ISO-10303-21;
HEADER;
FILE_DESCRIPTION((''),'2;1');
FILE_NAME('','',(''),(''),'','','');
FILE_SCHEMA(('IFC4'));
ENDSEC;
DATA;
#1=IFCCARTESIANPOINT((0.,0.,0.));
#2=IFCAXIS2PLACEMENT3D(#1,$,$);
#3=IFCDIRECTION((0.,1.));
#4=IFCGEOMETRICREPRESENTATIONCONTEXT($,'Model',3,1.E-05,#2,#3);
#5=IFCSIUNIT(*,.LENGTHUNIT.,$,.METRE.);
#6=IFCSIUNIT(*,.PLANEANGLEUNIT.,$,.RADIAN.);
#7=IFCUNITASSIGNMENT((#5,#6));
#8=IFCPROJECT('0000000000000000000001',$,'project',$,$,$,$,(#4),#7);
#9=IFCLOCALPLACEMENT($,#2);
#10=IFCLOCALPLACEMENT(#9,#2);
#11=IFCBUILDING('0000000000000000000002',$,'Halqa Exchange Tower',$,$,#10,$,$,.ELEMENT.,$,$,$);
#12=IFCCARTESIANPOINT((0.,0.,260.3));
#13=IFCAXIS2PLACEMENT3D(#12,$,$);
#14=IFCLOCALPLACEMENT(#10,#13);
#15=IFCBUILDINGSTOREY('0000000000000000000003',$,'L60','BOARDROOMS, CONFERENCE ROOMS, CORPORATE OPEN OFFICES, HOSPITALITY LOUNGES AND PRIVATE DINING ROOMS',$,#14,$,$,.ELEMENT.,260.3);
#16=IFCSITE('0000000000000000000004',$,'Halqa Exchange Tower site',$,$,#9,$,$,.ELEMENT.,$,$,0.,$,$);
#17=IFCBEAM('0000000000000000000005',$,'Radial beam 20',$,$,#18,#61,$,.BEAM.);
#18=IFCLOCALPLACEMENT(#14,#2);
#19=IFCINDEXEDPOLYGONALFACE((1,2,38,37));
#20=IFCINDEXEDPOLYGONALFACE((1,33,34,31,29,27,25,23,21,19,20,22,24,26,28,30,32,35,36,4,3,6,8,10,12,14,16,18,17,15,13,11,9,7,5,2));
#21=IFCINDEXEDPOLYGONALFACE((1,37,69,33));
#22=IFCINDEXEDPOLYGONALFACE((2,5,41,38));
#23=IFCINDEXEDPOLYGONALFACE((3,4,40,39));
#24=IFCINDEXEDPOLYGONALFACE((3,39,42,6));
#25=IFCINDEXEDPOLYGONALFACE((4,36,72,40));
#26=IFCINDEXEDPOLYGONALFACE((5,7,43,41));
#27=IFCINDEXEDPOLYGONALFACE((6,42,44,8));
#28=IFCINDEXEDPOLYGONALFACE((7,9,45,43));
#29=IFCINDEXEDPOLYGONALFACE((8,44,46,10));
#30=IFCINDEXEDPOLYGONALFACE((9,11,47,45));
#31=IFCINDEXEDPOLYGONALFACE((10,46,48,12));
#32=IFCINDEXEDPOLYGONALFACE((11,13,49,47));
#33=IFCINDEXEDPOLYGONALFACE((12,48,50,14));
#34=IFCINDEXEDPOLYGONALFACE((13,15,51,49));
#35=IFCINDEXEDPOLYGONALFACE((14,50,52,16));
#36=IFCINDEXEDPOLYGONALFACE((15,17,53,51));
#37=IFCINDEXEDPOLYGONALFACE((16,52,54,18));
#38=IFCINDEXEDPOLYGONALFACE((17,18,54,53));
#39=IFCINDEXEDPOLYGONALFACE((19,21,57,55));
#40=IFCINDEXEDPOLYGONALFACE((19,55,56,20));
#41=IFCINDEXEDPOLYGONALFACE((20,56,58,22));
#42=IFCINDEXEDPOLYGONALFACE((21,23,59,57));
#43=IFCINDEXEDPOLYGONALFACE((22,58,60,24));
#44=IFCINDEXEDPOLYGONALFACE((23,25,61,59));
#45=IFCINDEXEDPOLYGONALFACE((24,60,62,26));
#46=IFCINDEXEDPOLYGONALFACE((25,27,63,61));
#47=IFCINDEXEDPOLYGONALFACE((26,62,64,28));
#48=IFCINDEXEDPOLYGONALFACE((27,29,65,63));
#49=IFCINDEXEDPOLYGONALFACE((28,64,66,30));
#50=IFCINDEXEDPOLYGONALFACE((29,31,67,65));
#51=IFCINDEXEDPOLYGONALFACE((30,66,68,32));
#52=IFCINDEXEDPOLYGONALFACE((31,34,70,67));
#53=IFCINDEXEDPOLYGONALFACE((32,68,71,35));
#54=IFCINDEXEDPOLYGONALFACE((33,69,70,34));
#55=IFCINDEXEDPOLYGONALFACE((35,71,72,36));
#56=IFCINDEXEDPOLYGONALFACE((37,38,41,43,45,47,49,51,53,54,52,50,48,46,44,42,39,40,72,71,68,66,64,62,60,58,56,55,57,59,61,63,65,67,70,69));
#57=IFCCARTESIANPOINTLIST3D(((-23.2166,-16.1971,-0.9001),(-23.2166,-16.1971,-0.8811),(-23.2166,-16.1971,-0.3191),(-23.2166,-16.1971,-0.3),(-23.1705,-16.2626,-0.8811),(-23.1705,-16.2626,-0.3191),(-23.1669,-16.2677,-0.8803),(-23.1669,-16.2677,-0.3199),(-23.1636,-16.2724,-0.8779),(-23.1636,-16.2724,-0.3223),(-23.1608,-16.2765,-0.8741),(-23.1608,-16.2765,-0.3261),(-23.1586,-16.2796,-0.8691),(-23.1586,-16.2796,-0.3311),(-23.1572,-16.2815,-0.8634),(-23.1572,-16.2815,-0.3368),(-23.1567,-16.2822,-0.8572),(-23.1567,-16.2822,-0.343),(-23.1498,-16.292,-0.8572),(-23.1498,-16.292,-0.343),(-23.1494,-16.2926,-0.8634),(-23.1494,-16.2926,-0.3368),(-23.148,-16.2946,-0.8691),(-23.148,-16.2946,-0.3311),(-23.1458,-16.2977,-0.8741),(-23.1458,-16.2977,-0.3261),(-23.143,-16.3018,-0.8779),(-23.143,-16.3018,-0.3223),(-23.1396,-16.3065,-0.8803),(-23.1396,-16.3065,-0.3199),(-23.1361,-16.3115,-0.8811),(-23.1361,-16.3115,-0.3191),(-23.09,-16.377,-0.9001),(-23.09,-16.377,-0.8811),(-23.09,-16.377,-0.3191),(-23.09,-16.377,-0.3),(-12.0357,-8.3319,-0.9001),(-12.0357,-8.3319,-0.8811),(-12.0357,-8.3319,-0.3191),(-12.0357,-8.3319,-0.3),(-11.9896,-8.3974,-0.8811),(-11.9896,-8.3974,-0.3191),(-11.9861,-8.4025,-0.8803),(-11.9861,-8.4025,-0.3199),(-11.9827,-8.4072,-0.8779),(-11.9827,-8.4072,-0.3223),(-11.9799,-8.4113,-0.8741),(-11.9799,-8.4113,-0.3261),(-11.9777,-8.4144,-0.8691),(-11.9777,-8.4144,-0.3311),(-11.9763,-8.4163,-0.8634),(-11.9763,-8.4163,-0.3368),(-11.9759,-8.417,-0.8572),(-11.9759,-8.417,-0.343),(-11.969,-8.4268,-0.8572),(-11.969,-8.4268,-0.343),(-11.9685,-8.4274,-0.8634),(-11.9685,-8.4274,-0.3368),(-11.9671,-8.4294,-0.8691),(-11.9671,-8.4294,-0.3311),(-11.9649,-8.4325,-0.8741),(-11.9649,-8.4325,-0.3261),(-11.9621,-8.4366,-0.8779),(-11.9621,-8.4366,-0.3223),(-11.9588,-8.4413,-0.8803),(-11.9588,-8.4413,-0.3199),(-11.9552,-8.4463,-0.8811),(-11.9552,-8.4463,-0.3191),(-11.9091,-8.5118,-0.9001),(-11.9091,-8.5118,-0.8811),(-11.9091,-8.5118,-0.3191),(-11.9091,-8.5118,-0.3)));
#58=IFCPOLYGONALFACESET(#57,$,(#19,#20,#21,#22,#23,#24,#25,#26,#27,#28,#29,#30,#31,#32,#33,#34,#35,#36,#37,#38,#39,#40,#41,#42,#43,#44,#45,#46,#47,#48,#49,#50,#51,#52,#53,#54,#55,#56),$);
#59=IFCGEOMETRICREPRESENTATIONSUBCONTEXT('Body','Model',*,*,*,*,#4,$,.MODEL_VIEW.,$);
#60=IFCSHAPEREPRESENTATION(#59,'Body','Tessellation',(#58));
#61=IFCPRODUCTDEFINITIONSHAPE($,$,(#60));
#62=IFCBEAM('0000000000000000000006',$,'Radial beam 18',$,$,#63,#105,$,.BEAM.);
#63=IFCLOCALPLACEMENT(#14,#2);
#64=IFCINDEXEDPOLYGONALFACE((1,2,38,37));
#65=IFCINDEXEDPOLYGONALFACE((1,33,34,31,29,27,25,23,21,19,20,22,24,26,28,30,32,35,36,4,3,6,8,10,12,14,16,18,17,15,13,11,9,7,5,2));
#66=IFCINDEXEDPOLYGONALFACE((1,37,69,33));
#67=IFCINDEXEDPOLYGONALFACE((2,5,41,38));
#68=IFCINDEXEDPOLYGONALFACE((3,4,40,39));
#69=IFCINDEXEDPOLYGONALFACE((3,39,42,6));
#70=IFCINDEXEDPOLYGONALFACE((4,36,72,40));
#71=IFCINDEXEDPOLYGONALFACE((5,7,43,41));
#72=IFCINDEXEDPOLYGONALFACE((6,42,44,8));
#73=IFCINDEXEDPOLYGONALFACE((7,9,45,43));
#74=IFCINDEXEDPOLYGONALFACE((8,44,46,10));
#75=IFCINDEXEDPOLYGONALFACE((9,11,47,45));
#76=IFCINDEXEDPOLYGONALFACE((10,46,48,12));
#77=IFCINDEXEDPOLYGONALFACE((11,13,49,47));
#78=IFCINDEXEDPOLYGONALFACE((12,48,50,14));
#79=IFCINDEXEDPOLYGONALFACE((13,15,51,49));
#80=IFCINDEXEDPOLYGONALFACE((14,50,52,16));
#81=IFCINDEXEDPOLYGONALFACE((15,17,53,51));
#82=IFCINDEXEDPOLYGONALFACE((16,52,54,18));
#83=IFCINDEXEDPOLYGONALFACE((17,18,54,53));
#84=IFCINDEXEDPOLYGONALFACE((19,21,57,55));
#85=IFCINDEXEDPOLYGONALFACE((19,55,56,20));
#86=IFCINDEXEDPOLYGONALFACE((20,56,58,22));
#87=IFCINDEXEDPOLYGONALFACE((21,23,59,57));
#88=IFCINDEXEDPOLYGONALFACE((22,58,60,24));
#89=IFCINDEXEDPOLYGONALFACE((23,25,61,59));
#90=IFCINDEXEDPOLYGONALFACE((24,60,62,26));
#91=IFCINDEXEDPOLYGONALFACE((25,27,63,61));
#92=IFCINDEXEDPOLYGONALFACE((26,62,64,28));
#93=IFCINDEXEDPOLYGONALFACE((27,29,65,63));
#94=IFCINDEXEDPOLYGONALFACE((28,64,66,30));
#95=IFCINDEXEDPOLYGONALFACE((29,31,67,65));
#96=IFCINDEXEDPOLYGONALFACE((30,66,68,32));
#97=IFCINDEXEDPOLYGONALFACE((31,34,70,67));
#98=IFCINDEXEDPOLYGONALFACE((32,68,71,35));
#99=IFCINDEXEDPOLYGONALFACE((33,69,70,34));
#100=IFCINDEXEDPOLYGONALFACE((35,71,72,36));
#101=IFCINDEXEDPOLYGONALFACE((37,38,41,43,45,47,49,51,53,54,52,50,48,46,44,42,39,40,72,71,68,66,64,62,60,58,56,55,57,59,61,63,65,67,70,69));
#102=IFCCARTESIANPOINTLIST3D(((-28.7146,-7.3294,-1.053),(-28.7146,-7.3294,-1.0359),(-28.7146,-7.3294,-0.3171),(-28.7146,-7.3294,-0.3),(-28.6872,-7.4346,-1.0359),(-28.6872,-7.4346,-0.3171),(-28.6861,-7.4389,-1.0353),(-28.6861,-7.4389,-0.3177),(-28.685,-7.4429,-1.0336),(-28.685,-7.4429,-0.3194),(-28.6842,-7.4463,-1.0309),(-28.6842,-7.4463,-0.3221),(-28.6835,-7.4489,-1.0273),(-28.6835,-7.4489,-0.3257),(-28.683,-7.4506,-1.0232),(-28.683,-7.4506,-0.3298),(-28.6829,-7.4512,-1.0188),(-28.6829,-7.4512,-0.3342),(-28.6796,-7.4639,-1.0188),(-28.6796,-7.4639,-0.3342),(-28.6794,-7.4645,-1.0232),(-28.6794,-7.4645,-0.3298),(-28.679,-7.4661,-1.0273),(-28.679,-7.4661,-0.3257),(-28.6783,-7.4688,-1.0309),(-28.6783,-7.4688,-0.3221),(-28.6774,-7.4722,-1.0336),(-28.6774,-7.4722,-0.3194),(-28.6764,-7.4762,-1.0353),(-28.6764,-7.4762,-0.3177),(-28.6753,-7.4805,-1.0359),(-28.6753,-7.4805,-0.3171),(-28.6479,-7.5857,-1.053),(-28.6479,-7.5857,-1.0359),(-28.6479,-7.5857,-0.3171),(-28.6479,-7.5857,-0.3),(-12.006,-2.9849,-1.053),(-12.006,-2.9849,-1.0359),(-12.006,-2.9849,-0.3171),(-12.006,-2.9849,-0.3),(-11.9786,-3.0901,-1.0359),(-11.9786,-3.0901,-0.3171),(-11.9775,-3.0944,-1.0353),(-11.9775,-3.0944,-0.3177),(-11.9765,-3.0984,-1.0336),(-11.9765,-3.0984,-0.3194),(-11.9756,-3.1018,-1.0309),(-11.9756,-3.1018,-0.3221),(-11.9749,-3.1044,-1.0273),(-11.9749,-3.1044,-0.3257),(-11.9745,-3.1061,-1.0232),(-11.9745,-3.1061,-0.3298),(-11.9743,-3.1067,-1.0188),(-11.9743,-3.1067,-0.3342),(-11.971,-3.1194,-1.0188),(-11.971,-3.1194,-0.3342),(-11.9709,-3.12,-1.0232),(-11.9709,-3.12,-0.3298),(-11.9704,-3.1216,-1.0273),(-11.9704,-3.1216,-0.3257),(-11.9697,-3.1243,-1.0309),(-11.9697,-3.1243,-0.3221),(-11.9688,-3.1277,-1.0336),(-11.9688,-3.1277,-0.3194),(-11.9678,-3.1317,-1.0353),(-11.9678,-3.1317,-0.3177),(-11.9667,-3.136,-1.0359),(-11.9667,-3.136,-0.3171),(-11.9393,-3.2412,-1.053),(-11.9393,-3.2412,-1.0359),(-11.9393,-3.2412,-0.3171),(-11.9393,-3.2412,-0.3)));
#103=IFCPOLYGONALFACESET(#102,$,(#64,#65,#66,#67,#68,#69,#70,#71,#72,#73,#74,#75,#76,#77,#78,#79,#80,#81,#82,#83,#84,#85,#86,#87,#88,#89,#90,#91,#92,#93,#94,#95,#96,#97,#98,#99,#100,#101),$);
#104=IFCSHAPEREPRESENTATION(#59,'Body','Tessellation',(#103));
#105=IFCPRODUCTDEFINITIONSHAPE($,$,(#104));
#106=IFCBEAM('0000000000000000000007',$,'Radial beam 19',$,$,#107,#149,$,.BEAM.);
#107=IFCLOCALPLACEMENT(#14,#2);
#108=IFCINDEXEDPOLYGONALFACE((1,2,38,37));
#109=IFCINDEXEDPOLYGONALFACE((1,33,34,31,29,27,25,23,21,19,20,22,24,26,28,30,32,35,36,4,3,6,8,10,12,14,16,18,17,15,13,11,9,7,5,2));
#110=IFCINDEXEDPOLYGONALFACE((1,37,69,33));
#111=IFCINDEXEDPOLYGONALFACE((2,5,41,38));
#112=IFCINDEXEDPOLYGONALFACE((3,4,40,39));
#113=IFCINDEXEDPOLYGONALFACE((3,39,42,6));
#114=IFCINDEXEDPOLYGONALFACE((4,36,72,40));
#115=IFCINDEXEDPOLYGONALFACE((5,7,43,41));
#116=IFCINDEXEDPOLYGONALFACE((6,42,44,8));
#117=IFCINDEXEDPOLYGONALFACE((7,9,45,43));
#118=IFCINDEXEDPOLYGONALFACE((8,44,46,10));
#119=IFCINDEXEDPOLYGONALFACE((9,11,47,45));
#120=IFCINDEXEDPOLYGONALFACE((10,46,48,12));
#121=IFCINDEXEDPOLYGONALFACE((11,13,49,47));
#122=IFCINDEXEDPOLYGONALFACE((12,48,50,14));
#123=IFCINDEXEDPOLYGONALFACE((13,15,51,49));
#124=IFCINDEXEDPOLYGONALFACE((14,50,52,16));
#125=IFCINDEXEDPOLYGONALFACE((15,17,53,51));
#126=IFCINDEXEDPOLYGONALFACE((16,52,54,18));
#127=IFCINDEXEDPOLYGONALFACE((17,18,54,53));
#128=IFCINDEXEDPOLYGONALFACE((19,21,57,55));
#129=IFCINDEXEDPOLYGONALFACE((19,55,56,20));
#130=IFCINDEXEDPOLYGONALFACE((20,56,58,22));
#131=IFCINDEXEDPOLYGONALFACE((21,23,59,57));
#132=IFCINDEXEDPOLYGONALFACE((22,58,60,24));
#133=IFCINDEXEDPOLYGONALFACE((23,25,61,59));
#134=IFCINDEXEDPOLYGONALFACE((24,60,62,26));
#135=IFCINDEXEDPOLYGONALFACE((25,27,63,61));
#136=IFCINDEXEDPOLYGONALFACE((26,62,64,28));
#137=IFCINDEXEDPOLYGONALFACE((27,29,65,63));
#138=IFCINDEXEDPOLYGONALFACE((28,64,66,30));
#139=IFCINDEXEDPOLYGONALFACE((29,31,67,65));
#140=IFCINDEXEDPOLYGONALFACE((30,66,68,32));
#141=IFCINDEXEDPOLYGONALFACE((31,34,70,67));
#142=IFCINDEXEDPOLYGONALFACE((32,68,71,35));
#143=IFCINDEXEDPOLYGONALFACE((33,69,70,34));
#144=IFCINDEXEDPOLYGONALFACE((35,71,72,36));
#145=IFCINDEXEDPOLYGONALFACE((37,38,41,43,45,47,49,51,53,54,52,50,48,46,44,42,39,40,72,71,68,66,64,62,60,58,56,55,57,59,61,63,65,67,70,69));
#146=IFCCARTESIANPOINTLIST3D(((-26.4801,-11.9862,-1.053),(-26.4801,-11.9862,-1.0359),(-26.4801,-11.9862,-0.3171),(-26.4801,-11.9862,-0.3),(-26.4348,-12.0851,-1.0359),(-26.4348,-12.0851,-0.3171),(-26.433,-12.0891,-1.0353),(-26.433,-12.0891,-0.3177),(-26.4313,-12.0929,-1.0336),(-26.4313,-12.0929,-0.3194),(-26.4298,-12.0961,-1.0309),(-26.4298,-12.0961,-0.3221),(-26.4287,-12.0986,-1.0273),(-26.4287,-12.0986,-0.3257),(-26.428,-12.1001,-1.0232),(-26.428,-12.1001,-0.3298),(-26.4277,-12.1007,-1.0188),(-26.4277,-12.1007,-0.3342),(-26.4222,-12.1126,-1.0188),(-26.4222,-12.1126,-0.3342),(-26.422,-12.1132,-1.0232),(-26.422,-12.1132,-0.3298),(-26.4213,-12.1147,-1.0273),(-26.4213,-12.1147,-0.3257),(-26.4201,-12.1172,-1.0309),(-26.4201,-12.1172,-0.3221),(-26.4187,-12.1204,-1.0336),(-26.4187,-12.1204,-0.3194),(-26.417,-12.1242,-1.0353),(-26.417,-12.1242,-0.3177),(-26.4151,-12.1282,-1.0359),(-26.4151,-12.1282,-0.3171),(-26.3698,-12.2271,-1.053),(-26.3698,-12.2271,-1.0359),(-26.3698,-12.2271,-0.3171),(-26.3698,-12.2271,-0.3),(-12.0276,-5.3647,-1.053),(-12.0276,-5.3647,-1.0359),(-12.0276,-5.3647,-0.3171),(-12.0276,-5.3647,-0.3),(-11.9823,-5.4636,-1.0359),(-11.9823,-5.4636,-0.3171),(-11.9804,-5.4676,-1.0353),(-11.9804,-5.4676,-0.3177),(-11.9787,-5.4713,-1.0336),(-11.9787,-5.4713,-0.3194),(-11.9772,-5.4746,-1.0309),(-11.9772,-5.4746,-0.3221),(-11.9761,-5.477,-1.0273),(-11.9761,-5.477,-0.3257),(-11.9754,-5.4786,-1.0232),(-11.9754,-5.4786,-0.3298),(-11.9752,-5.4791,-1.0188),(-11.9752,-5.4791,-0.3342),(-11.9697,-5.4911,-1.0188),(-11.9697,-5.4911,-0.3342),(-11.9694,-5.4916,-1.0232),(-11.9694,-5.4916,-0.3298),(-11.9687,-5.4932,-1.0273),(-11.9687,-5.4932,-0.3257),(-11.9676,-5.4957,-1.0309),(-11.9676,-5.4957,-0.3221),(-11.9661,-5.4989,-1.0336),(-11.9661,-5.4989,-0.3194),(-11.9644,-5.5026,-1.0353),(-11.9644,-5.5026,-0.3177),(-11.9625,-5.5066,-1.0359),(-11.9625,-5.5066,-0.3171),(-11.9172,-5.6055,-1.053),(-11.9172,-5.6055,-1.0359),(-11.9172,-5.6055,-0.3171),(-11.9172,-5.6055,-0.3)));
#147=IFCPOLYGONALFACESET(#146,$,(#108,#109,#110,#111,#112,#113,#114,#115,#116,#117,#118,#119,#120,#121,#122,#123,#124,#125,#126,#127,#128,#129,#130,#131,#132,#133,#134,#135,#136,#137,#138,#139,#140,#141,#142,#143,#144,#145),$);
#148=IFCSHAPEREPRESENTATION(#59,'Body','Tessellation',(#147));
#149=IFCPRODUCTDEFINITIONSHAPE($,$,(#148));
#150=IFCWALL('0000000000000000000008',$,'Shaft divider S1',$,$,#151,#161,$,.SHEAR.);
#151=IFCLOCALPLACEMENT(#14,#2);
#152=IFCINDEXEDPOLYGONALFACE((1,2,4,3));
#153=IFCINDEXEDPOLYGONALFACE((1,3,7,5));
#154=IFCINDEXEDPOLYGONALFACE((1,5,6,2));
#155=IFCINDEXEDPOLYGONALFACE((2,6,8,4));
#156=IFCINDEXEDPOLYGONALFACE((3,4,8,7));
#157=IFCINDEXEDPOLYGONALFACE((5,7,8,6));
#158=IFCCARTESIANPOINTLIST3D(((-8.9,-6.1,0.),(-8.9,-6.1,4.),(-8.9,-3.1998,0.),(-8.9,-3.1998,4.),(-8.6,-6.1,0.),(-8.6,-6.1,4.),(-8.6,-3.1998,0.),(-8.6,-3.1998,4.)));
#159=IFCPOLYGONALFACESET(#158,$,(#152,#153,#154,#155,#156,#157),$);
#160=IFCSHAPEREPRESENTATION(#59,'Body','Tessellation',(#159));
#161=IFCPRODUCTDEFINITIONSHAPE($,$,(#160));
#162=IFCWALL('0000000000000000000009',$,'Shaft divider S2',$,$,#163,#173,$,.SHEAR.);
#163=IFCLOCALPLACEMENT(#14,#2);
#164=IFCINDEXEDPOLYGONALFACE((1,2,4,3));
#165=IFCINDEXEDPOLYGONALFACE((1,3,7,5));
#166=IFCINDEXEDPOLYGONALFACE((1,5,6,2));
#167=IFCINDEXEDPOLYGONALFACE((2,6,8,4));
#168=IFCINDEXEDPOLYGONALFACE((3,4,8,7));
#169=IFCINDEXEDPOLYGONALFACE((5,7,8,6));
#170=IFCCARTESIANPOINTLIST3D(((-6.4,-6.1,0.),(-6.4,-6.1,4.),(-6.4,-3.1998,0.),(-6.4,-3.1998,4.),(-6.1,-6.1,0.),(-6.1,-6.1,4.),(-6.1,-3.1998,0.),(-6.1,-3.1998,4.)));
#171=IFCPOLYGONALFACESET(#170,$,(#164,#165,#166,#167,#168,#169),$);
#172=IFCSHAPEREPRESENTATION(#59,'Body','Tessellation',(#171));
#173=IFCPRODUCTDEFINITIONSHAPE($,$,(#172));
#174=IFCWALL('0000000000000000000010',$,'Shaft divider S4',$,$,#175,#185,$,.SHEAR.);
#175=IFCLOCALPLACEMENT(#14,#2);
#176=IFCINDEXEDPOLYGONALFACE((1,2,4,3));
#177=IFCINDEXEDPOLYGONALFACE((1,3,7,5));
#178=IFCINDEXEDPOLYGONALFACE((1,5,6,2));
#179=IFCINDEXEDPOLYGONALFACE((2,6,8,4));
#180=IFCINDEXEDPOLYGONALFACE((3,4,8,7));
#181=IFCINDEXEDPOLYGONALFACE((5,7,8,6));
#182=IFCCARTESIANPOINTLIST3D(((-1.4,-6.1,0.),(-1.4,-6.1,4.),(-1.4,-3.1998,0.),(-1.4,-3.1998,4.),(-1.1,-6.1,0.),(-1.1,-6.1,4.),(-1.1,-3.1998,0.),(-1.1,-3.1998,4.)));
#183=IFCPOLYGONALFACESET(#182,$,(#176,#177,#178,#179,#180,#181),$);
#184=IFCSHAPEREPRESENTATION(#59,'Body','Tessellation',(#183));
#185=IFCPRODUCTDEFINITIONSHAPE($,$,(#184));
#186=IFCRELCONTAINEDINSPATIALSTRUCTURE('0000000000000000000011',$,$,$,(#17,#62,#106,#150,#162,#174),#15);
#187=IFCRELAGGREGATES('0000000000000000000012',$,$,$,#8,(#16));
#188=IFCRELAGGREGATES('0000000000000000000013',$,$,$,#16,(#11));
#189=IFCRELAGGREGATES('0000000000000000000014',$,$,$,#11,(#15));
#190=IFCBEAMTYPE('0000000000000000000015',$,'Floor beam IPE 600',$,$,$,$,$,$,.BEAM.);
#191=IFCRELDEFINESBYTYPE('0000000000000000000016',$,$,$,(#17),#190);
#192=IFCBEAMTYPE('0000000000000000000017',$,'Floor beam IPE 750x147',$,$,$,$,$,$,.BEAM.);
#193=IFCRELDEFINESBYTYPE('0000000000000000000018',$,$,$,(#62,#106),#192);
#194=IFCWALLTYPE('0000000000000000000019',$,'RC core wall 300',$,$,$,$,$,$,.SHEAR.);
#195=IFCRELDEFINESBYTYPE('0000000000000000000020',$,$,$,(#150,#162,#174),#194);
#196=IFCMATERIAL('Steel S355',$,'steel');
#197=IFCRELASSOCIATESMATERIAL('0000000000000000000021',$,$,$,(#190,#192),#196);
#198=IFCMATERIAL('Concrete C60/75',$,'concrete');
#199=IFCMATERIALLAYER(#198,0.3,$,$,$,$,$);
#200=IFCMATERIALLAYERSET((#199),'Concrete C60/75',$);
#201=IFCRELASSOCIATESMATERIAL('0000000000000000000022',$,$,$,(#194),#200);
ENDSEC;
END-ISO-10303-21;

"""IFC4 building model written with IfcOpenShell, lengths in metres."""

from ifc_helpers import new_model, si_unit, direction, frame, frame_2d, origin, origin_2d, place, context, subcontext, project, spatial, rectangle, i_section, extrude, material, layer, layer_set, material_profile, profile_set, type_object, element, save


model = new_model("IFC4")

# Units and contexts
model_context = context("Model", 3, precision=1e-05, world=origin(), true_north=direction((0.0, 1.0)))
body_context = subcontext(model_context, "Body", "Model", "MODEL_VIEW")
ifc_project = project(units=[si_unit("LENGTHUNIT", "METRE"), si_unit("PLANEANGLEUNIT", "RADIAN")], contexts=[model_context])

# Site, building, storey
site_placement = place(None, origin())
site = spatial("IfcSite", under=ifc_project, at=site_placement, Name="Halqa Exchange Tower site", CompositionType="ELEMENT", RefElevation=0.0)
building_placement = place(site_placement, origin())
building = spatial("IfcBuilding", under=site, at=building_placement, Name="Halqa Exchange Tower", CompositionType="ELEMENT")
storey_placement = place(building_placement, frame((0.0, 0.0, 260.3)))
storey = spatial("IfcBuildingStorey", under=building, at=storey_placement, Name="L60", Description="BOARDROOMS, CONFERENCE ROOMS, CORPORATE OPEN OFFICES, HOSPITALITY LOUNGES AND PRIVATE DINING ROOMS", CompositionType="ELEMENT", Elevation=260.3)

# Beams
ifc_material_1 = material(Name="Steel S355", Category="steel")
ifc_material_profile_1 = material_profile(ifc_material_1, i_section(OverallWidth=0.22, OverallDepth=0.6001, WebThickness=0.012, FlangeThickness=0.019, FilletRadius=0.0239, at=origin_2d()), Name="IPE 600")
ifc_profile_set_1 = profile_set([ifc_material_profile_1], Name="Steel S355")
beam_type_1 = type_object("IfcBeamType", Name="Floor beam IPE 600", PredefinedType="BEAM", material=ifc_profile_set_1)
beam_1_placement = place(storey_placement, frame((-11.9724, -8.4219, -0.6001), z_axis=(-0.817903, -0.575356, 0.0), x_axis=(0.575356, -0.817903, 0.0)))
element("IfcBeam", 1, at=beam_1_placement, inside=storey, type_object=beam_type_1, Name="Radial beam 20", PredefinedType="BEAM", context=body_context, shape_type="SweptSolid", body=[
    extrude(i_section(OverallWidth=0.22, OverallDepth=0.6001, WebThickness=0.012, FlangeThickness=0.019, FilletRadius=0.0239, at=origin_2d()), origin(), (0.0, 0.0, 1.0), 13.6702),
])
ifc_material_profile_2 = material_profile(ifc_material_1, i_section(OverallWidth=0.2649, OverallDepth=0.7529, WebThickness=0.0132, FlangeThickness=0.0171, FilletRadius=0.0171, at=origin_2d()), Name="IPE 750x147")
ifc_profile_set_2 = profile_set([ifc_material_profile_2], Name="Steel S355")
beam_type_2 = type_object("IfcBeamType", Name="Floor beam IPE 750x147", PredefinedType="BEAM", material=ifc_profile_set_2)
beam_2_placement = place(storey_placement, frame((-11.9727, -3.113, -0.6765), z_axis=(-0.967819, -0.251649, 0.0), x_axis=(0.251649, -0.967819, 0.0)))
element("IfcBeam", 2, at=beam_2_placement, inside=storey, type_object=beam_type_2, Name="Radial beam 18", PredefinedType="BEAM", context=body_context, shape_type="SweptSolid", body=[
    extrude(i_section(OverallWidth=0.2649, OverallDepth=0.7529, WebThickness=0.0132, FlangeThickness=0.0171, FilletRadius=0.0171, at=origin_2d()), origin(), (0.0, 0.0, 1.0), 17.2642),
])
beam_3_placement = place(storey_placement, frame((-11.9724, -5.4851, -0.6765), z_axis=(-0.909125, -0.416523, 0.0), x_axis=(0.416523, -0.909125, 0.0)))
element("IfcBeam", 3, at=beam_3_placement, inside=storey, type_object=beam_type_2, Name="Radial beam 19", PredefinedType="BEAM", context=body_context, shape_type="SweptSolid", body=[
    extrude(i_section(OverallWidth=0.2649, OverallDepth=0.7529, WebThickness=0.0132, FlangeThickness=0.0171, FilletRadius=0.0171, at=origin_2d()), origin(), (0.0, 0.0, 1.0), 15.8972),
])

# Walls
ifc_material_2 = material(Name="Concrete C60/75", Category="concrete")
ifc_layer_1 = layer(ifc_material_2, 0.3)
ifc_layer_set_1 = layer_set([ifc_layer_1], Name="Concrete C60/75")
wall_type_1 = type_object("IfcWallType", Name="RC core wall 300", PredefinedType="SHEAR", material=ifc_layer_set_1)
for number, where, z_axis, x_axis, name in (
    (4, (-8.75, -6.1001, 0.0), (0.0, 0.0, 1.0), (0.0, 1.0, 0.0), "Shaft divider S1"),
    (5, (-6.25, -6.1001, 0.0), (0.0, 0.0, 1.0), (0.0, 1.0, 0.0), "Shaft divider S2"),
    (6, (-1.25, -6.1001, 0.0), (0.0, 0.0, 1.0), (0.0, 1.0, 0.0), "Shaft divider S4"),
):
    element("IfcWall", number, at=place(storey_placement, frame(where, z_axis=z_axis, x_axis=x_axis)), inside=storey, type_object=wall_type_1, Name=name, PredefinedType="SHEAR", context=body_context, shape_type="SweptSolid", body=[
        extrude(rectangle(XDim=2.9001, YDim=0.3, at=frame_2d((1.4502, 0.0))), origin(), (0.0, 0.0, 1.0), 4.0),
    ])

save(model, "model.ifc")
